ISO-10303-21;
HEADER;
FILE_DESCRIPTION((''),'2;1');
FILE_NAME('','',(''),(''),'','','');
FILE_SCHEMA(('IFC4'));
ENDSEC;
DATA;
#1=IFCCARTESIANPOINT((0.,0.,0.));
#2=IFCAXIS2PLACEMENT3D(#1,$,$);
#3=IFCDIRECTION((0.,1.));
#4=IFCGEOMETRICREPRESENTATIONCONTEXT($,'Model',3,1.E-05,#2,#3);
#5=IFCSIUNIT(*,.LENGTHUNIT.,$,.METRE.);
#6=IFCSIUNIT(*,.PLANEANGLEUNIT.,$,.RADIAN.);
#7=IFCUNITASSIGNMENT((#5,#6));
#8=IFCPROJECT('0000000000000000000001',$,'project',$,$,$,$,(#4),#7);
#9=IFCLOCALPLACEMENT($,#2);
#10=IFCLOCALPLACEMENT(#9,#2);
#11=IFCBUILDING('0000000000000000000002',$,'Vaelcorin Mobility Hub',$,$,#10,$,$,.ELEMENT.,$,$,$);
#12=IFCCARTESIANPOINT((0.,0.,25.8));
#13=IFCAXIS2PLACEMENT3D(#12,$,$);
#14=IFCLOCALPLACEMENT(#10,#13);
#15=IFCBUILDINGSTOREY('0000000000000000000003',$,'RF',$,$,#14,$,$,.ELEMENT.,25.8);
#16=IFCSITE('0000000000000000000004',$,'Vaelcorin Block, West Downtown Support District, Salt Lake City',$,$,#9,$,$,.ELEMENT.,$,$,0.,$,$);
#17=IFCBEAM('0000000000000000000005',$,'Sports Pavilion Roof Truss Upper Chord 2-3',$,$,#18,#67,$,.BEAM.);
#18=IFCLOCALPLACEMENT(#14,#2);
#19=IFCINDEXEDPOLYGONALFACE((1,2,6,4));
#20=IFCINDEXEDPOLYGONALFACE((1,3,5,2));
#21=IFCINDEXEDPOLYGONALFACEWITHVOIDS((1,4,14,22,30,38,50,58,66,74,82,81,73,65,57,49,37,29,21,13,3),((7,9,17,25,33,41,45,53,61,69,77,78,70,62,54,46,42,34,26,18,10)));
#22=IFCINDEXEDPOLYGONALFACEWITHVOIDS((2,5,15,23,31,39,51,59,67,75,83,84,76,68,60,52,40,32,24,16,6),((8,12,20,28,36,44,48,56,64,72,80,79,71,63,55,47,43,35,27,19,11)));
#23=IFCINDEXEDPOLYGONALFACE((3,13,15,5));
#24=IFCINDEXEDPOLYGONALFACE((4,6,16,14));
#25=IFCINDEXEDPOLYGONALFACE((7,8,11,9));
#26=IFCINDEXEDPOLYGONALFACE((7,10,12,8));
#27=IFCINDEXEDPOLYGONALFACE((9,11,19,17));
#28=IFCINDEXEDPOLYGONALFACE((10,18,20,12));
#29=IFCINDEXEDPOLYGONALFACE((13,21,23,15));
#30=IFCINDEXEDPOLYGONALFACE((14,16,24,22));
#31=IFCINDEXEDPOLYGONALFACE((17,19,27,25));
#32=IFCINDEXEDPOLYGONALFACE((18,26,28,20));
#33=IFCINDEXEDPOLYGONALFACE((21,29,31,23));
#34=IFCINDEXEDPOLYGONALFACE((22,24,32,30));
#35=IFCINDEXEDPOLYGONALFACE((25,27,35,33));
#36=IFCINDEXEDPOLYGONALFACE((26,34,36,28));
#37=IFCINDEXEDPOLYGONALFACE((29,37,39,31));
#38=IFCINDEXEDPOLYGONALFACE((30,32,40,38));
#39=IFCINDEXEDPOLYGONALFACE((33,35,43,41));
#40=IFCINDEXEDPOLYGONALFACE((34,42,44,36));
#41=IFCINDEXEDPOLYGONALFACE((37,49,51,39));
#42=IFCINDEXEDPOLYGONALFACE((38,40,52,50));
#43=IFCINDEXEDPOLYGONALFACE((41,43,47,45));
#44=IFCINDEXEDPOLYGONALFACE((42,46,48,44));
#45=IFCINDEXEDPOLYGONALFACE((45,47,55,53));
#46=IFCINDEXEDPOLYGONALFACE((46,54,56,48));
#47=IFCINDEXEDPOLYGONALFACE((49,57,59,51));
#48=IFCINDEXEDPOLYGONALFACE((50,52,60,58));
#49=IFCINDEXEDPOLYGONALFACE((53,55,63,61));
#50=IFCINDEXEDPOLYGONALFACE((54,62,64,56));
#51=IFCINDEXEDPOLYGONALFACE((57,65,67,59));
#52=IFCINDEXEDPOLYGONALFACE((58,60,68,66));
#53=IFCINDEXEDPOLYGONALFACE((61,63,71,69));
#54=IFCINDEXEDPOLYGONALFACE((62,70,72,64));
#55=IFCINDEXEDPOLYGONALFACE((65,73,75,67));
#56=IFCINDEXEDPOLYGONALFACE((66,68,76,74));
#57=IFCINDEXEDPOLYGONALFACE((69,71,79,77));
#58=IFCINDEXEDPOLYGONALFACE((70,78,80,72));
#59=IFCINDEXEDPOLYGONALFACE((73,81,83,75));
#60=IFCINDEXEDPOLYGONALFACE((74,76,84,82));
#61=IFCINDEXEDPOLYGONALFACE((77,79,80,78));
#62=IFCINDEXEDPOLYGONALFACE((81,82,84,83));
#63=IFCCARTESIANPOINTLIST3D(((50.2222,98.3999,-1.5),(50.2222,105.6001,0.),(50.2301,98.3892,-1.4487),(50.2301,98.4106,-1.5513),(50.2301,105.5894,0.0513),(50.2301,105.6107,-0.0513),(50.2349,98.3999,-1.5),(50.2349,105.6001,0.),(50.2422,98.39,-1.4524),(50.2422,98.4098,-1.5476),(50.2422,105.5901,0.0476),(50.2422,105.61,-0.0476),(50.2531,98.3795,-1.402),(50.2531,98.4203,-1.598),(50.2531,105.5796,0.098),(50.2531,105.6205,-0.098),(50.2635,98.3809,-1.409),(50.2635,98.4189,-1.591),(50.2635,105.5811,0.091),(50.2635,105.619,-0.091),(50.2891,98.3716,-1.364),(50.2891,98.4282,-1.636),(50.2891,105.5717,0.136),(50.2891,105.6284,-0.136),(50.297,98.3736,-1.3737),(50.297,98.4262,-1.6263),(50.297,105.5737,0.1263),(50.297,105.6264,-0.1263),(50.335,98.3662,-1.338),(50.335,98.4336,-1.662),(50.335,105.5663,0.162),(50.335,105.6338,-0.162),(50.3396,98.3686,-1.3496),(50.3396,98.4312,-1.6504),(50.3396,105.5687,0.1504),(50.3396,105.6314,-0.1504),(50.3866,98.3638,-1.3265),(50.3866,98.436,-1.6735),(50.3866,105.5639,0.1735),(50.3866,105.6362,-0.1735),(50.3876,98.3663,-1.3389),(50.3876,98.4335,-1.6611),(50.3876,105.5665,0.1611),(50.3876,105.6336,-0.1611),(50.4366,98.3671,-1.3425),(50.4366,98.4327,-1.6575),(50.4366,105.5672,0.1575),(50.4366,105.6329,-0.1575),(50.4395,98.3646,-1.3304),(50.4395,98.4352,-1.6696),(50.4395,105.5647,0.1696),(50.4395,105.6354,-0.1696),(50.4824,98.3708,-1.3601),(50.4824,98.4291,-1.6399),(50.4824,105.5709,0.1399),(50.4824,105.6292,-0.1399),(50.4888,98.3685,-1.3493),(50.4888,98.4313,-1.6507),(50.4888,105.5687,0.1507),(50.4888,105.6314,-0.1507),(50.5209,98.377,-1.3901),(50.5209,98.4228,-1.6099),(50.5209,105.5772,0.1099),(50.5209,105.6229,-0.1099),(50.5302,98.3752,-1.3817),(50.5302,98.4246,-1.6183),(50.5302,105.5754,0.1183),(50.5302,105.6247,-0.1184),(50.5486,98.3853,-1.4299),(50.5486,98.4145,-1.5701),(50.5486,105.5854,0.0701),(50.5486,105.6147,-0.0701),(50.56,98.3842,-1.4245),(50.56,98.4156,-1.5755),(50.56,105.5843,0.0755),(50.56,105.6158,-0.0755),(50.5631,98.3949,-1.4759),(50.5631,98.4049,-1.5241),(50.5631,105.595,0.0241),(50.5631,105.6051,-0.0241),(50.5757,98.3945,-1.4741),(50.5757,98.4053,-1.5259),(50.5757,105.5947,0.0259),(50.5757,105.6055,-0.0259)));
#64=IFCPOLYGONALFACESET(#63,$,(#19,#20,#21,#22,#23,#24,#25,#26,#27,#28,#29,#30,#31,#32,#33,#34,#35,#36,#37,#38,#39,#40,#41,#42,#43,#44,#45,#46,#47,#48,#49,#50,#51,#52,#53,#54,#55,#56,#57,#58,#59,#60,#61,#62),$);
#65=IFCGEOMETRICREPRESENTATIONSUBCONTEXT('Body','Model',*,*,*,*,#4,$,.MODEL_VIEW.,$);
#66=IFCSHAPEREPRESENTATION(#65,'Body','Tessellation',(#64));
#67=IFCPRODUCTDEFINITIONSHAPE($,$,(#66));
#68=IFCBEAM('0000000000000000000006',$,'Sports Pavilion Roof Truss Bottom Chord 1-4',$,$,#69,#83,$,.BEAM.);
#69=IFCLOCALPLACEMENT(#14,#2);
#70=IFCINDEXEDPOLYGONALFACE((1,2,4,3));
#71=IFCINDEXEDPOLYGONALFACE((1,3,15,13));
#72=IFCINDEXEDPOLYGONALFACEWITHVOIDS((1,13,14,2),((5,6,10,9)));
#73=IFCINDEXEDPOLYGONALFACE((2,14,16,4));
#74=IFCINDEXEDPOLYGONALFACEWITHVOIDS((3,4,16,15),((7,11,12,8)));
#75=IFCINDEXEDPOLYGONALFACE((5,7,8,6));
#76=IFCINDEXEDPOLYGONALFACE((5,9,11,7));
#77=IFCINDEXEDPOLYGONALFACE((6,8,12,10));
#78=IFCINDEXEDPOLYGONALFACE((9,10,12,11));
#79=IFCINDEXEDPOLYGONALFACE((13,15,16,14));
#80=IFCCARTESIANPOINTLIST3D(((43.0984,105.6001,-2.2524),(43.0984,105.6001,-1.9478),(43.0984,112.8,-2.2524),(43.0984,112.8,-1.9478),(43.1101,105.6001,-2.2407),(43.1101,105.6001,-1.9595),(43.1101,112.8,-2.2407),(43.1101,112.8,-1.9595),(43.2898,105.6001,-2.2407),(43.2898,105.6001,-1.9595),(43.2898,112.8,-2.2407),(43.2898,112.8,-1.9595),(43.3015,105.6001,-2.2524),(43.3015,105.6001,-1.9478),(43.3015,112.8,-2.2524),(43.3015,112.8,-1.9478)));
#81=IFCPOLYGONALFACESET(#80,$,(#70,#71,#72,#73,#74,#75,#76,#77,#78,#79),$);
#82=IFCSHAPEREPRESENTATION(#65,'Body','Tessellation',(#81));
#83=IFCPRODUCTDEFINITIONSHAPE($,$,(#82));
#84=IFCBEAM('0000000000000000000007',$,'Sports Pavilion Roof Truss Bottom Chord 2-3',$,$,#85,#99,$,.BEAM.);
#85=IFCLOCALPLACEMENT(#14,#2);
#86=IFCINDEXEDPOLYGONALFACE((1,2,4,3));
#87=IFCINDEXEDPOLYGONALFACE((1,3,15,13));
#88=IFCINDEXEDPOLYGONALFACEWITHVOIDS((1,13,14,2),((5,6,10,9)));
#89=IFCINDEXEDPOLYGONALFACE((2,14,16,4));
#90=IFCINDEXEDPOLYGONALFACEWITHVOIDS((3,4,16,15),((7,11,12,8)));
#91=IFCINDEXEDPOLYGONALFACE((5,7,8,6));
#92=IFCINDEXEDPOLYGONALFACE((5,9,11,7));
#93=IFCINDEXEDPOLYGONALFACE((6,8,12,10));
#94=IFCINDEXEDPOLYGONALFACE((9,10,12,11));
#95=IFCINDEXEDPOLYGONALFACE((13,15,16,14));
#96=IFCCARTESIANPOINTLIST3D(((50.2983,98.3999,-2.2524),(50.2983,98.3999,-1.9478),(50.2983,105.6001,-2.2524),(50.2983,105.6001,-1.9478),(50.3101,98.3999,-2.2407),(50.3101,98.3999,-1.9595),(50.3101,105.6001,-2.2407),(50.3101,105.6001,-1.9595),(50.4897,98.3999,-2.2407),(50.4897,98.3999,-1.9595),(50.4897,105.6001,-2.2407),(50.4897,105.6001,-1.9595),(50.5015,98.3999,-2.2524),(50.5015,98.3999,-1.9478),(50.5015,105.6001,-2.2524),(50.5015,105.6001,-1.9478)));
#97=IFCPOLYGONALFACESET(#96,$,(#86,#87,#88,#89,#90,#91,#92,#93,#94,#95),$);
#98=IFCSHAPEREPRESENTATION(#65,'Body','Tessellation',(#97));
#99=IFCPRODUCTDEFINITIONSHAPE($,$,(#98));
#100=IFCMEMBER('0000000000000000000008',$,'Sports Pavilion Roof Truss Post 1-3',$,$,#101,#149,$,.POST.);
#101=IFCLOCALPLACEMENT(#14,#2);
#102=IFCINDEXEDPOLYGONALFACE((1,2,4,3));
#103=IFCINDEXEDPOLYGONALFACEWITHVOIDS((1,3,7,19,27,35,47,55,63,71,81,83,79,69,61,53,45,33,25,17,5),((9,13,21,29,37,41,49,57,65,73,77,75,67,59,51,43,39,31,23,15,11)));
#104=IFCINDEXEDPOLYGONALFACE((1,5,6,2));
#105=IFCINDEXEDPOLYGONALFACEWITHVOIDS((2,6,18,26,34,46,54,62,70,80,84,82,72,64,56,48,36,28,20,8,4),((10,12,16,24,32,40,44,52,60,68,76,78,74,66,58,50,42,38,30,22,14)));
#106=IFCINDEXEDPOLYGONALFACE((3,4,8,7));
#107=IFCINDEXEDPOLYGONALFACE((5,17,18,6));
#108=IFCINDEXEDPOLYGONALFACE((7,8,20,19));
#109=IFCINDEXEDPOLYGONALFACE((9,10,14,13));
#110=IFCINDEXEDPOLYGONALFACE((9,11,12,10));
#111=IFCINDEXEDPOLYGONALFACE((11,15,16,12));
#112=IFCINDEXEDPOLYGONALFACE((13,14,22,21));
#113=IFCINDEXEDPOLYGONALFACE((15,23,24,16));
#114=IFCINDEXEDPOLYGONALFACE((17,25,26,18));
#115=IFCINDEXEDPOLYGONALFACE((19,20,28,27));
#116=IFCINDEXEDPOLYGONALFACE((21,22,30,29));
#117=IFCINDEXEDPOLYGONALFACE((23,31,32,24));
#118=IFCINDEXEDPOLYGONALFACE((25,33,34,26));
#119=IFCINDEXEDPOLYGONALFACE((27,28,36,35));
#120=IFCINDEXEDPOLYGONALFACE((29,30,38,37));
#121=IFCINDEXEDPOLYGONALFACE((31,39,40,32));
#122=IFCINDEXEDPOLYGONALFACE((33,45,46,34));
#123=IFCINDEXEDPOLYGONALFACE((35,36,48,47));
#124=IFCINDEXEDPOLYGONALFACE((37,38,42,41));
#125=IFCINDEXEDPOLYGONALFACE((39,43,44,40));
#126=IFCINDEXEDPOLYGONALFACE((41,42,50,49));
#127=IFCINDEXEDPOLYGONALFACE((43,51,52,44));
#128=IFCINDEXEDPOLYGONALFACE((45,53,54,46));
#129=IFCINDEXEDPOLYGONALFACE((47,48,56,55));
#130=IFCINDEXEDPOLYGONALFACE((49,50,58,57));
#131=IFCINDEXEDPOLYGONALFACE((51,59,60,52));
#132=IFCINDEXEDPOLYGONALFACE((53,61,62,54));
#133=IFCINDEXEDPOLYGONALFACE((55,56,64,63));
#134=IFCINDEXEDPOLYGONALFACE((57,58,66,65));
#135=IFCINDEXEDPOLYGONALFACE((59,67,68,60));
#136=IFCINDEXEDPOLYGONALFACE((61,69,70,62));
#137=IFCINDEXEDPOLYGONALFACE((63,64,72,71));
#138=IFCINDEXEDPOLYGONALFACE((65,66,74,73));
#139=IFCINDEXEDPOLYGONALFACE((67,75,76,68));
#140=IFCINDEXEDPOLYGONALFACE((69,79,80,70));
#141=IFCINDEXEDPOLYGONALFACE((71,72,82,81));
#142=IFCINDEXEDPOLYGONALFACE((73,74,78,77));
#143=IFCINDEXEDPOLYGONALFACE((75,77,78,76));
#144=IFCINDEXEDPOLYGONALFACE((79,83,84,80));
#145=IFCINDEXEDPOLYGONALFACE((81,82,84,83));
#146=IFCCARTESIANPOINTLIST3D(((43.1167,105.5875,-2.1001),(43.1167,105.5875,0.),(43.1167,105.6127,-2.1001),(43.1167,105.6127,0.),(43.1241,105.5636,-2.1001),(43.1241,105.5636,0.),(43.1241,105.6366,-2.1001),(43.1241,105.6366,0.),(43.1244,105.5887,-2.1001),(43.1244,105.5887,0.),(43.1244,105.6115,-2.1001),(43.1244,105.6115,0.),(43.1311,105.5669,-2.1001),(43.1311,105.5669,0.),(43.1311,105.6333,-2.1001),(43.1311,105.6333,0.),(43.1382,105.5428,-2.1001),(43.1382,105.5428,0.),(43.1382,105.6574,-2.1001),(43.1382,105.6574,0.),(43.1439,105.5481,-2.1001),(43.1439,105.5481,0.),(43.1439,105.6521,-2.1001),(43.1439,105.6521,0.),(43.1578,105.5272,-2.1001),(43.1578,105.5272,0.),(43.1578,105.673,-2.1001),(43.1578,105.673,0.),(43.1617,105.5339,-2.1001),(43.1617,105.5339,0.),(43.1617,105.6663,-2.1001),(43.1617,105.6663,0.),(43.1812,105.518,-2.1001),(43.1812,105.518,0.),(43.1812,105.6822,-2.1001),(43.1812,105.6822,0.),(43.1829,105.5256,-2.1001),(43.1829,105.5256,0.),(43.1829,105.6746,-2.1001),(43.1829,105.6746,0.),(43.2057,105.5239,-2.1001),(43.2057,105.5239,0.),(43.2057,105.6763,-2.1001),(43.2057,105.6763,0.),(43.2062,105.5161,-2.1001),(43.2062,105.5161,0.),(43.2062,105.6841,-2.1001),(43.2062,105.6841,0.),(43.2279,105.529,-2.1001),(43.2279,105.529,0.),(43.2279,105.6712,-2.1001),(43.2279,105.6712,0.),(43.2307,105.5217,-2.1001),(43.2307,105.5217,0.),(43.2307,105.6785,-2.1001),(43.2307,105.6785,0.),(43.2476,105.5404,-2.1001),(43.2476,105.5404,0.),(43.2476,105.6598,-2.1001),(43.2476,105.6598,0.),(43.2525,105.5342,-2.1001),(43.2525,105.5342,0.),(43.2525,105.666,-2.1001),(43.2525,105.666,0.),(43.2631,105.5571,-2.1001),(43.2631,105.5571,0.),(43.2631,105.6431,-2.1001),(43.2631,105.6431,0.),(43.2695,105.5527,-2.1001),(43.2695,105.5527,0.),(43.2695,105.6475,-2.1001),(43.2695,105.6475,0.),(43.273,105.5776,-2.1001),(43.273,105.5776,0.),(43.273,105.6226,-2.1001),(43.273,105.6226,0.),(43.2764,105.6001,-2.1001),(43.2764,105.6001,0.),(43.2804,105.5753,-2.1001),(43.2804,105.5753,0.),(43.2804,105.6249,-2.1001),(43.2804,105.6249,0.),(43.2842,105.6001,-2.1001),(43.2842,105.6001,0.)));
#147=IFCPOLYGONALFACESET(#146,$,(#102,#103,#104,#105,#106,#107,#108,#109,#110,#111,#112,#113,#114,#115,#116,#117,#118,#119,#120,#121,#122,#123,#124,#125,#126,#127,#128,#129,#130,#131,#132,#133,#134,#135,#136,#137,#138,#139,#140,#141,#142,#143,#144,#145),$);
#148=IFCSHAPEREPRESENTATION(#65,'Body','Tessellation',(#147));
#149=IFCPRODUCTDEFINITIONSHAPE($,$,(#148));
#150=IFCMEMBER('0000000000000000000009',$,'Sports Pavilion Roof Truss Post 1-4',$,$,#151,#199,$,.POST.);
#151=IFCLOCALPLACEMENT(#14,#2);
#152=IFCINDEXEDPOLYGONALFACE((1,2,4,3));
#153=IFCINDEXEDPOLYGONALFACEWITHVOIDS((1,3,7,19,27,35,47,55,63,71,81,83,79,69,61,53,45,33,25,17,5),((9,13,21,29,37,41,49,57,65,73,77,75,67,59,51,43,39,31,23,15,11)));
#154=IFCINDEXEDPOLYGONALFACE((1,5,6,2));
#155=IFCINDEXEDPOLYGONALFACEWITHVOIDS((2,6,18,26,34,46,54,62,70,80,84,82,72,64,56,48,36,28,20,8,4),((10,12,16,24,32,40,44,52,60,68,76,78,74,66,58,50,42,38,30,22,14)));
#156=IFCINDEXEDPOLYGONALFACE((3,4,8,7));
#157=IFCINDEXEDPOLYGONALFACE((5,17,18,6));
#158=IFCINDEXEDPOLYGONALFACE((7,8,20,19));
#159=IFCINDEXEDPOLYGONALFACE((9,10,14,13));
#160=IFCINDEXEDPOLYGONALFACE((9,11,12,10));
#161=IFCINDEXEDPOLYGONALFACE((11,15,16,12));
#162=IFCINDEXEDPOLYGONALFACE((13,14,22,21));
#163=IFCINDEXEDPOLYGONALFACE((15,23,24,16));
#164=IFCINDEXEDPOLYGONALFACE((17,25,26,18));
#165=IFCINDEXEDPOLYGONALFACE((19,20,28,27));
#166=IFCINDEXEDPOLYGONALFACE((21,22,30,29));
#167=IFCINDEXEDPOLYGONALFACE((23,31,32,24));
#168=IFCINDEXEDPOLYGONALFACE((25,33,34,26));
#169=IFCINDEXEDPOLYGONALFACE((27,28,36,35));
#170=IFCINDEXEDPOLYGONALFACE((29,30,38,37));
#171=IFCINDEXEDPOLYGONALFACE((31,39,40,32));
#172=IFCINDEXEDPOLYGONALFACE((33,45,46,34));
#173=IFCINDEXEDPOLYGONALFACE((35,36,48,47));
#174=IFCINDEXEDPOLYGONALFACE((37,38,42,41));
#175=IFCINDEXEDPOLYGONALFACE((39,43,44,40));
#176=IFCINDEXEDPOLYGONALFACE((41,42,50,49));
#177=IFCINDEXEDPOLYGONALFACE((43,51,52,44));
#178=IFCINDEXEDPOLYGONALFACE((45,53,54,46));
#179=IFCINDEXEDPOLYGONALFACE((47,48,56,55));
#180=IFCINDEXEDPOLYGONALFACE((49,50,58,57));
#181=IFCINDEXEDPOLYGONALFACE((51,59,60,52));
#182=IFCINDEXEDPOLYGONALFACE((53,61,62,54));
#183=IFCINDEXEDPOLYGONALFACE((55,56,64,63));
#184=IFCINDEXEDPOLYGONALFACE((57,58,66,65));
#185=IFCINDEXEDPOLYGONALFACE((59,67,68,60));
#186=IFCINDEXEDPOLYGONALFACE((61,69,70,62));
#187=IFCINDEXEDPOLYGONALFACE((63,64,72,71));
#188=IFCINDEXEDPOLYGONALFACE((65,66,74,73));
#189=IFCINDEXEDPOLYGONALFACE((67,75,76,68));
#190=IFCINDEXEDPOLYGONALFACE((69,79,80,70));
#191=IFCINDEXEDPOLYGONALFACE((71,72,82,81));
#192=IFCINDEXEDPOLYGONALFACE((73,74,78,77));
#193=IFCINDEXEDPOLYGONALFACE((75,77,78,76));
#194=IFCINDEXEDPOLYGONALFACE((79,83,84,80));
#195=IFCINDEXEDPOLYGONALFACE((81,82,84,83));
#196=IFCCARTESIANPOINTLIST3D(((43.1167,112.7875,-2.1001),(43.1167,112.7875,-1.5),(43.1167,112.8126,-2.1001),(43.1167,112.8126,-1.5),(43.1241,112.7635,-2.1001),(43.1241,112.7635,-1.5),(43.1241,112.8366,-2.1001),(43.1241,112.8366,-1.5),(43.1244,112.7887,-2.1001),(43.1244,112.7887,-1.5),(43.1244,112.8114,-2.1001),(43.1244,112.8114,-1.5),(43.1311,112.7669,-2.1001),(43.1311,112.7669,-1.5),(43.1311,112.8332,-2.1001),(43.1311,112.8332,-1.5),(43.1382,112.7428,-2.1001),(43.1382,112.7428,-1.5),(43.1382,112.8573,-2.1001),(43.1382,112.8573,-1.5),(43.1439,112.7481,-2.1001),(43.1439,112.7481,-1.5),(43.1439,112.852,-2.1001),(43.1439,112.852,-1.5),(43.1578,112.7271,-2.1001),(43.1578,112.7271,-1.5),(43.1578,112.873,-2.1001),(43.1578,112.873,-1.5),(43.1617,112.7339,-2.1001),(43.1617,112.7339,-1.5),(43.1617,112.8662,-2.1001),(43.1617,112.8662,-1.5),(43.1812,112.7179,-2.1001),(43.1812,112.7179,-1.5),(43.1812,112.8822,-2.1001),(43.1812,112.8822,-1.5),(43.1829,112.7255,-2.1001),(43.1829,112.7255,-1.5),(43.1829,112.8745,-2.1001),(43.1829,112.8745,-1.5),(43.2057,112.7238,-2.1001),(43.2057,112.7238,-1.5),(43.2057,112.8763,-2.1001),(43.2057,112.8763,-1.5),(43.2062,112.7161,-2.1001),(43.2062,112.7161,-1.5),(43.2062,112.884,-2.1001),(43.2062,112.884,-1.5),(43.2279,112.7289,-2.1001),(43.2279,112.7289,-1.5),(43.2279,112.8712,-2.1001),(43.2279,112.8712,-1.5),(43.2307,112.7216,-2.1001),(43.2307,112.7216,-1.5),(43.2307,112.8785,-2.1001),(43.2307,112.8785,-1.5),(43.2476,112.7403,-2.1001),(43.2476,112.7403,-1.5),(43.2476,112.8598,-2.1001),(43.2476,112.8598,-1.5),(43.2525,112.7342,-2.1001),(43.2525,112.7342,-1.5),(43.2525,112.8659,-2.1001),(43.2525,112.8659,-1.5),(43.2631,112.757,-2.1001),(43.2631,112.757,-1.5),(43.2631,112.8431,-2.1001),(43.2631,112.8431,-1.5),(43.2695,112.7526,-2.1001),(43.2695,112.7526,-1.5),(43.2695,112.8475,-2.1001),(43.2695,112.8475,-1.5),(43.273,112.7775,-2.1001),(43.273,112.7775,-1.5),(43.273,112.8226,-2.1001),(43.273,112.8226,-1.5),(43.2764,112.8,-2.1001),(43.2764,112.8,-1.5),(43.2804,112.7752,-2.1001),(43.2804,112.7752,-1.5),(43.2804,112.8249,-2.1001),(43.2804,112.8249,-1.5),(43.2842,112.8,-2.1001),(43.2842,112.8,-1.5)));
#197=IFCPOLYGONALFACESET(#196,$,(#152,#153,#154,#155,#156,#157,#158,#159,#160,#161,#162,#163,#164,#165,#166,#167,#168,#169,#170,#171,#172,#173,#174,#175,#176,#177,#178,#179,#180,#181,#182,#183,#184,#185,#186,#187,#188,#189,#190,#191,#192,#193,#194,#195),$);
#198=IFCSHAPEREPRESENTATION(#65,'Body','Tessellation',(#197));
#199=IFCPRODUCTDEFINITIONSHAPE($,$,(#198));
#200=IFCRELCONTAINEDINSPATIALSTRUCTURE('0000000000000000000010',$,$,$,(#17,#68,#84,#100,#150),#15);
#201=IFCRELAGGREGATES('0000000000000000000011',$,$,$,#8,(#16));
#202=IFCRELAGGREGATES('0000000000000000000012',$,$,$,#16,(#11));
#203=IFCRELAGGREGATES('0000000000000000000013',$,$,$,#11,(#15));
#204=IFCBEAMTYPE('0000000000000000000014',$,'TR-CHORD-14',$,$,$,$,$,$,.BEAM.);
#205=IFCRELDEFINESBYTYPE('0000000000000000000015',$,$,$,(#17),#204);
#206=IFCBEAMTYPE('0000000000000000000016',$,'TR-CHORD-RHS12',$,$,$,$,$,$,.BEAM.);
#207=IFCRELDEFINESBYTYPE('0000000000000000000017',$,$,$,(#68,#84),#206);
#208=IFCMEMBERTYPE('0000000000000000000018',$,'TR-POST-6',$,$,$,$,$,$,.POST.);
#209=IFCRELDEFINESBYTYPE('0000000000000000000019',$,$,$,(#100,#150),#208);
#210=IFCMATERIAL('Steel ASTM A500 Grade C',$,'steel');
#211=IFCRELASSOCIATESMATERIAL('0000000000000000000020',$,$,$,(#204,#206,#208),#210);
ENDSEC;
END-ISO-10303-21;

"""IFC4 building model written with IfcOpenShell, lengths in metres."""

from ifc_helpers import new_model, si_unit, direction, frame, origin, origin_2d, place, context, subcontext, project, spatial, hollow_rectangle, hollow_circle, extrude, material, material_profile, profile_set, type_object, element, save


model = new_model("IFC4")

# Units and contexts
model_context = context("Model", 3, precision=1e-05, world=origin(), true_north=direction((0.0, 1.0)))
body_context = subcontext(model_context, "Body", "Model", "MODEL_VIEW")
ifc_project = project(units=[si_unit("LENGTHUNIT", "METRE"), si_unit("PLANEANGLEUNIT", "RADIAN")], contexts=[model_context])

# Site, building, storey
site_placement = place(None, origin())
site = spatial("IfcSite", under=ifc_project, at=site_placement, Name="Vaelcorin Block, West Downtown Support District, Salt Lake City", CompositionType="ELEMENT", RefElevation=0.0)
building_placement = place(site_placement, origin())
building = spatial("IfcBuilding", under=site, at=building_placement, Name="Vaelcorin Mobility Hub", CompositionType="ELEMENT")
storey_placement = place(building_placement, frame((0.0, 0.0, 25.8)))
storey = spatial("IfcBuildingStorey", under=building, at=storey_placement, Name="RF", CompositionType="ELEMENT", Elevation=25.8)

# Shared definitions
ifc_material_1 = material(Name="Steel ASTM A500 Grade C", Category="steel")

# Beams
ifc_material_profile_1 = material_profile(ifc_material_1, hollow_circle(Radius=0.1777, WallThickness=0.0127, at=origin_2d()), Name="HSS14.000X0.500")
ifc_profile_set_1 = profile_set([ifc_material_profile_1], Name="Steel ASTM A500 Grade C")
beam_type_1 = type_object("IfcBeamType", Name="TR-CHORD-14", PredefinedType="BEAM", material=ifc_profile_set_1)
beam_1_placement = place(storey_placement, frame((50.3999, 98.3999, -1.5), z_axis=(0.0, 0.978982, 0.203949), x_axis=(-1.0, 0.0, 0.0)))
element("IfcBeam", 1, at=beam_1_placement, inside=storey, type_object=beam_type_1, Name="Sports Pavilion Roof Truss Upper Chord 2-3", PredefinedType="BEAM", context=body_context, shape_type="SweptSolid", body=[
    extrude(hollow_circle(Radius=0.1777, WallThickness=0.0127, at=origin_2d()), origin(), (0.0, 0.0, 1.0), 7.3547),
])
ifc_material_profile_2 = material_profile(ifc_material_1, hollow_rectangle(XDim=0.2031, YDim=0.3047, WallThickness=0.0117, at=origin_2d()), Name="HSS12X8X0.500")
ifc_profile_set_2 = profile_set([ifc_material_profile_2], Name="Steel ASTM A500 Grade C")
beam_type_2 = type_object("IfcBeamType", Name="TR-CHORD-RHS12", PredefinedType="BEAM", material=ifc_profile_set_2)
beam_2_placement = place(storey_placement, frame((43.2, 105.6001, -2.1001), z_axis=(0.0, 1.0, 0.0), x_axis=(-1.0, 0.0, 0.0)))
element("IfcBeam", 2, at=beam_2_placement, inside=storey, type_object=beam_type_2, Name="Sports Pavilion Roof Truss Bottom Chord 1-4", PredefinedType="BEAM", context=body_context, shape_type="SweptSolid", body=[
    extrude(hollow_rectangle(XDim=0.2031, YDim=0.3047, WallThickness=0.0117, at=origin_2d()), origin(), (0.0, 0.0, 1.0), 7.2),
])
beam_3_placement = place(storey_placement, frame((50.3999, 98.3999, -2.1001), z_axis=(0.0, 1.0, 0.0), x_axis=(-1.0, 0.0, 0.0)))
element("IfcBeam", 3, at=beam_3_placement, inside=storey, type_object=beam_type_2, Name="Sports Pavilion Roof Truss Bottom Chord 2-3", PredefinedType="BEAM", context=body_context, shape_type="SweptSolid", body=[
    extrude(hollow_rectangle(XDim=0.2031, YDim=0.3047, WallThickness=0.0117, at=origin_2d()), origin(), (0.0, 0.0, 1.0), 7.2002),
])

# Members
ifc_material_profile_3 = material_profile(ifc_material_1, hollow_circle(Radius=0.0842, WallThickness=0.0078, at=origin_2d()), Name="HSS6.625X0.312")
ifc_profile_set_3 = profile_set([ifc_material_profile_3], Name="Steel ASTM A500 Grade C")
member_type_1 = type_object("IfcMemberType", Name="TR-POST-6", PredefinedType="POST", material=ifc_profile_set_3)
member_1_placement = place(storey_placement, frame((43.2, 105.6001, -2.1001), z_axis=(0.0, 0.0, 1.0), x_axis=(1.0, 0.0, 0.0)))
element("IfcMember", 4, at=member_1_placement, inside=storey, type_object=member_type_1, Name="Sports Pavilion Roof Truss Post 1-3", PredefinedType="POST", context=body_context, shape_type="SweptSolid", body=[
    extrude(hollow_circle(Radius=0.0842, WallThickness=0.0078, at=origin_2d()), origin(), (0.0, 0.0, 1.0), 2.1001),
])
for number, where, z_axis, x_axis, name in (
    (5, (43.2, 112.8, -2.1001), (0.0, 0.0, 1.0), (1.0, 0.0, 0.0), "Sports Pavilion Roof Truss Post 1-4"),
):
    element("IfcMember", number, at=place(storey_placement, frame(where, z_axis=z_axis, x_axis=x_axis)), inside=storey, type_object=member_type_1, Name=name, PredefinedType="POST", context=body_context, shape_type="SweptSolid", body=[
        extrude(hollow_circle(Radius=0.0842, WallThickness=0.0078, at=origin_2d()), origin(), (0.0, 0.0, 1.0), 0.6001),
    ])

save(model, "model.ifc")
